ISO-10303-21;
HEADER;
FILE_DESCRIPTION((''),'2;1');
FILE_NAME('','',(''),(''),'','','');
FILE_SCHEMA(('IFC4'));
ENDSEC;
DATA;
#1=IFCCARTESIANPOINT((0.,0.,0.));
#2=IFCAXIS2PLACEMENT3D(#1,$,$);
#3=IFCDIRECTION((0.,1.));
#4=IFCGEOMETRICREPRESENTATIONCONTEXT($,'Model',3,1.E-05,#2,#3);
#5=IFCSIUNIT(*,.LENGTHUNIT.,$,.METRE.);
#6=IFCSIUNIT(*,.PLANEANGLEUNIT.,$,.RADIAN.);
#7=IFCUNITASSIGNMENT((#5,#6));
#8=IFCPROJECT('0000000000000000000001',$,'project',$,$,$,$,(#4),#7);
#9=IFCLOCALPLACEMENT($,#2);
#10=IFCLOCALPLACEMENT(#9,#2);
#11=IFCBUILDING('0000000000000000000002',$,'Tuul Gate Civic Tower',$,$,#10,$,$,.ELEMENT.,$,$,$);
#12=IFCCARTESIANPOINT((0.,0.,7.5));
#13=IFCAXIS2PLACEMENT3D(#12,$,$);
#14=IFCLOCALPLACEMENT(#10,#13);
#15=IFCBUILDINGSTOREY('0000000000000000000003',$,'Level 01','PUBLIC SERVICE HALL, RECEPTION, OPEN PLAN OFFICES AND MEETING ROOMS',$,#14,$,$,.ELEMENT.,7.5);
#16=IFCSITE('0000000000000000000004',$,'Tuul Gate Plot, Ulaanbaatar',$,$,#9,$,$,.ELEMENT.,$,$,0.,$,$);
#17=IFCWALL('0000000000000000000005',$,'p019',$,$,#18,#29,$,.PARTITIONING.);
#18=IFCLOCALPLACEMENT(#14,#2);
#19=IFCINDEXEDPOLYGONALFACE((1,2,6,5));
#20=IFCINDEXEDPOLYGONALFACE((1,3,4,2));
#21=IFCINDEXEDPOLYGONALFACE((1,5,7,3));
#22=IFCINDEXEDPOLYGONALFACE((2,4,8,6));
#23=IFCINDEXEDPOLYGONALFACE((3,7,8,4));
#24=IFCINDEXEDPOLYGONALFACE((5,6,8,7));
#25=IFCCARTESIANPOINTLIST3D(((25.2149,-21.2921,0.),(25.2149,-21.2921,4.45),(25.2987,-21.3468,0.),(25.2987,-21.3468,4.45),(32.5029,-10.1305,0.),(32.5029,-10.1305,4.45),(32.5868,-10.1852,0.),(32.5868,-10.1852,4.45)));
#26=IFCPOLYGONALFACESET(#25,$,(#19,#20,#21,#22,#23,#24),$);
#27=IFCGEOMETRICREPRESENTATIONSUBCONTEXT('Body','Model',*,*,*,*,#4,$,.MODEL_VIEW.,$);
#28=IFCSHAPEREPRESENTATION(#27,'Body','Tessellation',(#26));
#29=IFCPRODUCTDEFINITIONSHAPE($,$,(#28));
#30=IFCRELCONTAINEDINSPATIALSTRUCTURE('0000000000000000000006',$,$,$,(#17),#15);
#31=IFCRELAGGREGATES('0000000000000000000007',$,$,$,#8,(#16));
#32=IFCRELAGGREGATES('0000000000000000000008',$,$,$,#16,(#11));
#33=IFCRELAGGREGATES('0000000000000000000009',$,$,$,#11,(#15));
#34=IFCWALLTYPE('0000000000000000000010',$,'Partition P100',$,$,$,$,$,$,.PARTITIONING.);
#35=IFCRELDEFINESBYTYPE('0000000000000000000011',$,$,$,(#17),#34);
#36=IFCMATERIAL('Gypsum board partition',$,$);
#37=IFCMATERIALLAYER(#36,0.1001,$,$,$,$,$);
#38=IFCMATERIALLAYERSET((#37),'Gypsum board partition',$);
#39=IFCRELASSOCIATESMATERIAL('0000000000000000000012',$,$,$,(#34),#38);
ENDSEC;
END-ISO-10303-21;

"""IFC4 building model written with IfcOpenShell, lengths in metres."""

from ifc_helpers import new_model, si_unit, direction, frame, frame_2d, origin, place, context, subcontext, project, spatial, rectangle, extrude, material, layer, layer_set, type_object, element, save


model = new_model("IFC4")

# Units and contexts
model_context = context("Model", 3, precision=1e-05, world=origin(), true_north=direction((0.0, 1.0)))
body_context = subcontext(model_context, "Body", "Model", "MODEL_VIEW")
ifc_project = project(units=[si_unit("LENGTHUNIT", "METRE"), si_unit("PLANEANGLEUNIT", "RADIAN")], contexts=[model_context])

# Site, building, storey
site_placement = place(None, origin())
site = spatial("IfcSite", under=ifc_project, at=site_placement, Name="Tuul Gate Plot, Ulaanbaatar", CompositionType="ELEMENT", RefElevation=0.0)
building_placement = place(site_placement, origin())
building = spatial("IfcBuilding", under=site, at=building_placement, Name="Tuul Gate Civic Tower", CompositionType="ELEMENT")
storey_placement = place(building_placement, frame((0.0, 0.0, 7.5)))
storey = spatial("IfcBuildingStorey", under=building, at=storey_placement, Name="Level 01", Description="PUBLIC SERVICE HALL, RECEPTION, OPEN PLAN OFFICES AND MEETING ROOMS", CompositionType="ELEMENT", Elevation=7.5)

# Shared definitions
ifc_material_1 = material(Name="Gypsum board partition")
ifc_layer_1 = layer(ifc_material_1, 0.1001)
ifc_layer_set_1 = layer_set([ifc_layer_1], Name="Gypsum board partition")
wall_type = type_object("IfcWallType", Name="Partition P100", PredefinedType="PARTITIONING", material=ifc_layer_set_1)

# Wall
wall_1_placement = place(storey_placement, frame((25.2568, -21.3193, 0.0), z_axis=(0.0, 0.0, 1.0), x_axis=(0.546729, 0.83731, 0.0)))
element("IfcWall", 1, at=wall_1_placement, inside=storey, type_object=wall_type, Name="p019", PredefinedType="PARTITIONING", context=body_context, shape_type="SweptSolid", body=[
    extrude(rectangle(XDim=13.3303, YDim=0.1001, at=frame_2d((6.665, 0.0))), origin(), (0.0, 0.0, 1.0), 4.45),
])

save(model, "model.ifc")
